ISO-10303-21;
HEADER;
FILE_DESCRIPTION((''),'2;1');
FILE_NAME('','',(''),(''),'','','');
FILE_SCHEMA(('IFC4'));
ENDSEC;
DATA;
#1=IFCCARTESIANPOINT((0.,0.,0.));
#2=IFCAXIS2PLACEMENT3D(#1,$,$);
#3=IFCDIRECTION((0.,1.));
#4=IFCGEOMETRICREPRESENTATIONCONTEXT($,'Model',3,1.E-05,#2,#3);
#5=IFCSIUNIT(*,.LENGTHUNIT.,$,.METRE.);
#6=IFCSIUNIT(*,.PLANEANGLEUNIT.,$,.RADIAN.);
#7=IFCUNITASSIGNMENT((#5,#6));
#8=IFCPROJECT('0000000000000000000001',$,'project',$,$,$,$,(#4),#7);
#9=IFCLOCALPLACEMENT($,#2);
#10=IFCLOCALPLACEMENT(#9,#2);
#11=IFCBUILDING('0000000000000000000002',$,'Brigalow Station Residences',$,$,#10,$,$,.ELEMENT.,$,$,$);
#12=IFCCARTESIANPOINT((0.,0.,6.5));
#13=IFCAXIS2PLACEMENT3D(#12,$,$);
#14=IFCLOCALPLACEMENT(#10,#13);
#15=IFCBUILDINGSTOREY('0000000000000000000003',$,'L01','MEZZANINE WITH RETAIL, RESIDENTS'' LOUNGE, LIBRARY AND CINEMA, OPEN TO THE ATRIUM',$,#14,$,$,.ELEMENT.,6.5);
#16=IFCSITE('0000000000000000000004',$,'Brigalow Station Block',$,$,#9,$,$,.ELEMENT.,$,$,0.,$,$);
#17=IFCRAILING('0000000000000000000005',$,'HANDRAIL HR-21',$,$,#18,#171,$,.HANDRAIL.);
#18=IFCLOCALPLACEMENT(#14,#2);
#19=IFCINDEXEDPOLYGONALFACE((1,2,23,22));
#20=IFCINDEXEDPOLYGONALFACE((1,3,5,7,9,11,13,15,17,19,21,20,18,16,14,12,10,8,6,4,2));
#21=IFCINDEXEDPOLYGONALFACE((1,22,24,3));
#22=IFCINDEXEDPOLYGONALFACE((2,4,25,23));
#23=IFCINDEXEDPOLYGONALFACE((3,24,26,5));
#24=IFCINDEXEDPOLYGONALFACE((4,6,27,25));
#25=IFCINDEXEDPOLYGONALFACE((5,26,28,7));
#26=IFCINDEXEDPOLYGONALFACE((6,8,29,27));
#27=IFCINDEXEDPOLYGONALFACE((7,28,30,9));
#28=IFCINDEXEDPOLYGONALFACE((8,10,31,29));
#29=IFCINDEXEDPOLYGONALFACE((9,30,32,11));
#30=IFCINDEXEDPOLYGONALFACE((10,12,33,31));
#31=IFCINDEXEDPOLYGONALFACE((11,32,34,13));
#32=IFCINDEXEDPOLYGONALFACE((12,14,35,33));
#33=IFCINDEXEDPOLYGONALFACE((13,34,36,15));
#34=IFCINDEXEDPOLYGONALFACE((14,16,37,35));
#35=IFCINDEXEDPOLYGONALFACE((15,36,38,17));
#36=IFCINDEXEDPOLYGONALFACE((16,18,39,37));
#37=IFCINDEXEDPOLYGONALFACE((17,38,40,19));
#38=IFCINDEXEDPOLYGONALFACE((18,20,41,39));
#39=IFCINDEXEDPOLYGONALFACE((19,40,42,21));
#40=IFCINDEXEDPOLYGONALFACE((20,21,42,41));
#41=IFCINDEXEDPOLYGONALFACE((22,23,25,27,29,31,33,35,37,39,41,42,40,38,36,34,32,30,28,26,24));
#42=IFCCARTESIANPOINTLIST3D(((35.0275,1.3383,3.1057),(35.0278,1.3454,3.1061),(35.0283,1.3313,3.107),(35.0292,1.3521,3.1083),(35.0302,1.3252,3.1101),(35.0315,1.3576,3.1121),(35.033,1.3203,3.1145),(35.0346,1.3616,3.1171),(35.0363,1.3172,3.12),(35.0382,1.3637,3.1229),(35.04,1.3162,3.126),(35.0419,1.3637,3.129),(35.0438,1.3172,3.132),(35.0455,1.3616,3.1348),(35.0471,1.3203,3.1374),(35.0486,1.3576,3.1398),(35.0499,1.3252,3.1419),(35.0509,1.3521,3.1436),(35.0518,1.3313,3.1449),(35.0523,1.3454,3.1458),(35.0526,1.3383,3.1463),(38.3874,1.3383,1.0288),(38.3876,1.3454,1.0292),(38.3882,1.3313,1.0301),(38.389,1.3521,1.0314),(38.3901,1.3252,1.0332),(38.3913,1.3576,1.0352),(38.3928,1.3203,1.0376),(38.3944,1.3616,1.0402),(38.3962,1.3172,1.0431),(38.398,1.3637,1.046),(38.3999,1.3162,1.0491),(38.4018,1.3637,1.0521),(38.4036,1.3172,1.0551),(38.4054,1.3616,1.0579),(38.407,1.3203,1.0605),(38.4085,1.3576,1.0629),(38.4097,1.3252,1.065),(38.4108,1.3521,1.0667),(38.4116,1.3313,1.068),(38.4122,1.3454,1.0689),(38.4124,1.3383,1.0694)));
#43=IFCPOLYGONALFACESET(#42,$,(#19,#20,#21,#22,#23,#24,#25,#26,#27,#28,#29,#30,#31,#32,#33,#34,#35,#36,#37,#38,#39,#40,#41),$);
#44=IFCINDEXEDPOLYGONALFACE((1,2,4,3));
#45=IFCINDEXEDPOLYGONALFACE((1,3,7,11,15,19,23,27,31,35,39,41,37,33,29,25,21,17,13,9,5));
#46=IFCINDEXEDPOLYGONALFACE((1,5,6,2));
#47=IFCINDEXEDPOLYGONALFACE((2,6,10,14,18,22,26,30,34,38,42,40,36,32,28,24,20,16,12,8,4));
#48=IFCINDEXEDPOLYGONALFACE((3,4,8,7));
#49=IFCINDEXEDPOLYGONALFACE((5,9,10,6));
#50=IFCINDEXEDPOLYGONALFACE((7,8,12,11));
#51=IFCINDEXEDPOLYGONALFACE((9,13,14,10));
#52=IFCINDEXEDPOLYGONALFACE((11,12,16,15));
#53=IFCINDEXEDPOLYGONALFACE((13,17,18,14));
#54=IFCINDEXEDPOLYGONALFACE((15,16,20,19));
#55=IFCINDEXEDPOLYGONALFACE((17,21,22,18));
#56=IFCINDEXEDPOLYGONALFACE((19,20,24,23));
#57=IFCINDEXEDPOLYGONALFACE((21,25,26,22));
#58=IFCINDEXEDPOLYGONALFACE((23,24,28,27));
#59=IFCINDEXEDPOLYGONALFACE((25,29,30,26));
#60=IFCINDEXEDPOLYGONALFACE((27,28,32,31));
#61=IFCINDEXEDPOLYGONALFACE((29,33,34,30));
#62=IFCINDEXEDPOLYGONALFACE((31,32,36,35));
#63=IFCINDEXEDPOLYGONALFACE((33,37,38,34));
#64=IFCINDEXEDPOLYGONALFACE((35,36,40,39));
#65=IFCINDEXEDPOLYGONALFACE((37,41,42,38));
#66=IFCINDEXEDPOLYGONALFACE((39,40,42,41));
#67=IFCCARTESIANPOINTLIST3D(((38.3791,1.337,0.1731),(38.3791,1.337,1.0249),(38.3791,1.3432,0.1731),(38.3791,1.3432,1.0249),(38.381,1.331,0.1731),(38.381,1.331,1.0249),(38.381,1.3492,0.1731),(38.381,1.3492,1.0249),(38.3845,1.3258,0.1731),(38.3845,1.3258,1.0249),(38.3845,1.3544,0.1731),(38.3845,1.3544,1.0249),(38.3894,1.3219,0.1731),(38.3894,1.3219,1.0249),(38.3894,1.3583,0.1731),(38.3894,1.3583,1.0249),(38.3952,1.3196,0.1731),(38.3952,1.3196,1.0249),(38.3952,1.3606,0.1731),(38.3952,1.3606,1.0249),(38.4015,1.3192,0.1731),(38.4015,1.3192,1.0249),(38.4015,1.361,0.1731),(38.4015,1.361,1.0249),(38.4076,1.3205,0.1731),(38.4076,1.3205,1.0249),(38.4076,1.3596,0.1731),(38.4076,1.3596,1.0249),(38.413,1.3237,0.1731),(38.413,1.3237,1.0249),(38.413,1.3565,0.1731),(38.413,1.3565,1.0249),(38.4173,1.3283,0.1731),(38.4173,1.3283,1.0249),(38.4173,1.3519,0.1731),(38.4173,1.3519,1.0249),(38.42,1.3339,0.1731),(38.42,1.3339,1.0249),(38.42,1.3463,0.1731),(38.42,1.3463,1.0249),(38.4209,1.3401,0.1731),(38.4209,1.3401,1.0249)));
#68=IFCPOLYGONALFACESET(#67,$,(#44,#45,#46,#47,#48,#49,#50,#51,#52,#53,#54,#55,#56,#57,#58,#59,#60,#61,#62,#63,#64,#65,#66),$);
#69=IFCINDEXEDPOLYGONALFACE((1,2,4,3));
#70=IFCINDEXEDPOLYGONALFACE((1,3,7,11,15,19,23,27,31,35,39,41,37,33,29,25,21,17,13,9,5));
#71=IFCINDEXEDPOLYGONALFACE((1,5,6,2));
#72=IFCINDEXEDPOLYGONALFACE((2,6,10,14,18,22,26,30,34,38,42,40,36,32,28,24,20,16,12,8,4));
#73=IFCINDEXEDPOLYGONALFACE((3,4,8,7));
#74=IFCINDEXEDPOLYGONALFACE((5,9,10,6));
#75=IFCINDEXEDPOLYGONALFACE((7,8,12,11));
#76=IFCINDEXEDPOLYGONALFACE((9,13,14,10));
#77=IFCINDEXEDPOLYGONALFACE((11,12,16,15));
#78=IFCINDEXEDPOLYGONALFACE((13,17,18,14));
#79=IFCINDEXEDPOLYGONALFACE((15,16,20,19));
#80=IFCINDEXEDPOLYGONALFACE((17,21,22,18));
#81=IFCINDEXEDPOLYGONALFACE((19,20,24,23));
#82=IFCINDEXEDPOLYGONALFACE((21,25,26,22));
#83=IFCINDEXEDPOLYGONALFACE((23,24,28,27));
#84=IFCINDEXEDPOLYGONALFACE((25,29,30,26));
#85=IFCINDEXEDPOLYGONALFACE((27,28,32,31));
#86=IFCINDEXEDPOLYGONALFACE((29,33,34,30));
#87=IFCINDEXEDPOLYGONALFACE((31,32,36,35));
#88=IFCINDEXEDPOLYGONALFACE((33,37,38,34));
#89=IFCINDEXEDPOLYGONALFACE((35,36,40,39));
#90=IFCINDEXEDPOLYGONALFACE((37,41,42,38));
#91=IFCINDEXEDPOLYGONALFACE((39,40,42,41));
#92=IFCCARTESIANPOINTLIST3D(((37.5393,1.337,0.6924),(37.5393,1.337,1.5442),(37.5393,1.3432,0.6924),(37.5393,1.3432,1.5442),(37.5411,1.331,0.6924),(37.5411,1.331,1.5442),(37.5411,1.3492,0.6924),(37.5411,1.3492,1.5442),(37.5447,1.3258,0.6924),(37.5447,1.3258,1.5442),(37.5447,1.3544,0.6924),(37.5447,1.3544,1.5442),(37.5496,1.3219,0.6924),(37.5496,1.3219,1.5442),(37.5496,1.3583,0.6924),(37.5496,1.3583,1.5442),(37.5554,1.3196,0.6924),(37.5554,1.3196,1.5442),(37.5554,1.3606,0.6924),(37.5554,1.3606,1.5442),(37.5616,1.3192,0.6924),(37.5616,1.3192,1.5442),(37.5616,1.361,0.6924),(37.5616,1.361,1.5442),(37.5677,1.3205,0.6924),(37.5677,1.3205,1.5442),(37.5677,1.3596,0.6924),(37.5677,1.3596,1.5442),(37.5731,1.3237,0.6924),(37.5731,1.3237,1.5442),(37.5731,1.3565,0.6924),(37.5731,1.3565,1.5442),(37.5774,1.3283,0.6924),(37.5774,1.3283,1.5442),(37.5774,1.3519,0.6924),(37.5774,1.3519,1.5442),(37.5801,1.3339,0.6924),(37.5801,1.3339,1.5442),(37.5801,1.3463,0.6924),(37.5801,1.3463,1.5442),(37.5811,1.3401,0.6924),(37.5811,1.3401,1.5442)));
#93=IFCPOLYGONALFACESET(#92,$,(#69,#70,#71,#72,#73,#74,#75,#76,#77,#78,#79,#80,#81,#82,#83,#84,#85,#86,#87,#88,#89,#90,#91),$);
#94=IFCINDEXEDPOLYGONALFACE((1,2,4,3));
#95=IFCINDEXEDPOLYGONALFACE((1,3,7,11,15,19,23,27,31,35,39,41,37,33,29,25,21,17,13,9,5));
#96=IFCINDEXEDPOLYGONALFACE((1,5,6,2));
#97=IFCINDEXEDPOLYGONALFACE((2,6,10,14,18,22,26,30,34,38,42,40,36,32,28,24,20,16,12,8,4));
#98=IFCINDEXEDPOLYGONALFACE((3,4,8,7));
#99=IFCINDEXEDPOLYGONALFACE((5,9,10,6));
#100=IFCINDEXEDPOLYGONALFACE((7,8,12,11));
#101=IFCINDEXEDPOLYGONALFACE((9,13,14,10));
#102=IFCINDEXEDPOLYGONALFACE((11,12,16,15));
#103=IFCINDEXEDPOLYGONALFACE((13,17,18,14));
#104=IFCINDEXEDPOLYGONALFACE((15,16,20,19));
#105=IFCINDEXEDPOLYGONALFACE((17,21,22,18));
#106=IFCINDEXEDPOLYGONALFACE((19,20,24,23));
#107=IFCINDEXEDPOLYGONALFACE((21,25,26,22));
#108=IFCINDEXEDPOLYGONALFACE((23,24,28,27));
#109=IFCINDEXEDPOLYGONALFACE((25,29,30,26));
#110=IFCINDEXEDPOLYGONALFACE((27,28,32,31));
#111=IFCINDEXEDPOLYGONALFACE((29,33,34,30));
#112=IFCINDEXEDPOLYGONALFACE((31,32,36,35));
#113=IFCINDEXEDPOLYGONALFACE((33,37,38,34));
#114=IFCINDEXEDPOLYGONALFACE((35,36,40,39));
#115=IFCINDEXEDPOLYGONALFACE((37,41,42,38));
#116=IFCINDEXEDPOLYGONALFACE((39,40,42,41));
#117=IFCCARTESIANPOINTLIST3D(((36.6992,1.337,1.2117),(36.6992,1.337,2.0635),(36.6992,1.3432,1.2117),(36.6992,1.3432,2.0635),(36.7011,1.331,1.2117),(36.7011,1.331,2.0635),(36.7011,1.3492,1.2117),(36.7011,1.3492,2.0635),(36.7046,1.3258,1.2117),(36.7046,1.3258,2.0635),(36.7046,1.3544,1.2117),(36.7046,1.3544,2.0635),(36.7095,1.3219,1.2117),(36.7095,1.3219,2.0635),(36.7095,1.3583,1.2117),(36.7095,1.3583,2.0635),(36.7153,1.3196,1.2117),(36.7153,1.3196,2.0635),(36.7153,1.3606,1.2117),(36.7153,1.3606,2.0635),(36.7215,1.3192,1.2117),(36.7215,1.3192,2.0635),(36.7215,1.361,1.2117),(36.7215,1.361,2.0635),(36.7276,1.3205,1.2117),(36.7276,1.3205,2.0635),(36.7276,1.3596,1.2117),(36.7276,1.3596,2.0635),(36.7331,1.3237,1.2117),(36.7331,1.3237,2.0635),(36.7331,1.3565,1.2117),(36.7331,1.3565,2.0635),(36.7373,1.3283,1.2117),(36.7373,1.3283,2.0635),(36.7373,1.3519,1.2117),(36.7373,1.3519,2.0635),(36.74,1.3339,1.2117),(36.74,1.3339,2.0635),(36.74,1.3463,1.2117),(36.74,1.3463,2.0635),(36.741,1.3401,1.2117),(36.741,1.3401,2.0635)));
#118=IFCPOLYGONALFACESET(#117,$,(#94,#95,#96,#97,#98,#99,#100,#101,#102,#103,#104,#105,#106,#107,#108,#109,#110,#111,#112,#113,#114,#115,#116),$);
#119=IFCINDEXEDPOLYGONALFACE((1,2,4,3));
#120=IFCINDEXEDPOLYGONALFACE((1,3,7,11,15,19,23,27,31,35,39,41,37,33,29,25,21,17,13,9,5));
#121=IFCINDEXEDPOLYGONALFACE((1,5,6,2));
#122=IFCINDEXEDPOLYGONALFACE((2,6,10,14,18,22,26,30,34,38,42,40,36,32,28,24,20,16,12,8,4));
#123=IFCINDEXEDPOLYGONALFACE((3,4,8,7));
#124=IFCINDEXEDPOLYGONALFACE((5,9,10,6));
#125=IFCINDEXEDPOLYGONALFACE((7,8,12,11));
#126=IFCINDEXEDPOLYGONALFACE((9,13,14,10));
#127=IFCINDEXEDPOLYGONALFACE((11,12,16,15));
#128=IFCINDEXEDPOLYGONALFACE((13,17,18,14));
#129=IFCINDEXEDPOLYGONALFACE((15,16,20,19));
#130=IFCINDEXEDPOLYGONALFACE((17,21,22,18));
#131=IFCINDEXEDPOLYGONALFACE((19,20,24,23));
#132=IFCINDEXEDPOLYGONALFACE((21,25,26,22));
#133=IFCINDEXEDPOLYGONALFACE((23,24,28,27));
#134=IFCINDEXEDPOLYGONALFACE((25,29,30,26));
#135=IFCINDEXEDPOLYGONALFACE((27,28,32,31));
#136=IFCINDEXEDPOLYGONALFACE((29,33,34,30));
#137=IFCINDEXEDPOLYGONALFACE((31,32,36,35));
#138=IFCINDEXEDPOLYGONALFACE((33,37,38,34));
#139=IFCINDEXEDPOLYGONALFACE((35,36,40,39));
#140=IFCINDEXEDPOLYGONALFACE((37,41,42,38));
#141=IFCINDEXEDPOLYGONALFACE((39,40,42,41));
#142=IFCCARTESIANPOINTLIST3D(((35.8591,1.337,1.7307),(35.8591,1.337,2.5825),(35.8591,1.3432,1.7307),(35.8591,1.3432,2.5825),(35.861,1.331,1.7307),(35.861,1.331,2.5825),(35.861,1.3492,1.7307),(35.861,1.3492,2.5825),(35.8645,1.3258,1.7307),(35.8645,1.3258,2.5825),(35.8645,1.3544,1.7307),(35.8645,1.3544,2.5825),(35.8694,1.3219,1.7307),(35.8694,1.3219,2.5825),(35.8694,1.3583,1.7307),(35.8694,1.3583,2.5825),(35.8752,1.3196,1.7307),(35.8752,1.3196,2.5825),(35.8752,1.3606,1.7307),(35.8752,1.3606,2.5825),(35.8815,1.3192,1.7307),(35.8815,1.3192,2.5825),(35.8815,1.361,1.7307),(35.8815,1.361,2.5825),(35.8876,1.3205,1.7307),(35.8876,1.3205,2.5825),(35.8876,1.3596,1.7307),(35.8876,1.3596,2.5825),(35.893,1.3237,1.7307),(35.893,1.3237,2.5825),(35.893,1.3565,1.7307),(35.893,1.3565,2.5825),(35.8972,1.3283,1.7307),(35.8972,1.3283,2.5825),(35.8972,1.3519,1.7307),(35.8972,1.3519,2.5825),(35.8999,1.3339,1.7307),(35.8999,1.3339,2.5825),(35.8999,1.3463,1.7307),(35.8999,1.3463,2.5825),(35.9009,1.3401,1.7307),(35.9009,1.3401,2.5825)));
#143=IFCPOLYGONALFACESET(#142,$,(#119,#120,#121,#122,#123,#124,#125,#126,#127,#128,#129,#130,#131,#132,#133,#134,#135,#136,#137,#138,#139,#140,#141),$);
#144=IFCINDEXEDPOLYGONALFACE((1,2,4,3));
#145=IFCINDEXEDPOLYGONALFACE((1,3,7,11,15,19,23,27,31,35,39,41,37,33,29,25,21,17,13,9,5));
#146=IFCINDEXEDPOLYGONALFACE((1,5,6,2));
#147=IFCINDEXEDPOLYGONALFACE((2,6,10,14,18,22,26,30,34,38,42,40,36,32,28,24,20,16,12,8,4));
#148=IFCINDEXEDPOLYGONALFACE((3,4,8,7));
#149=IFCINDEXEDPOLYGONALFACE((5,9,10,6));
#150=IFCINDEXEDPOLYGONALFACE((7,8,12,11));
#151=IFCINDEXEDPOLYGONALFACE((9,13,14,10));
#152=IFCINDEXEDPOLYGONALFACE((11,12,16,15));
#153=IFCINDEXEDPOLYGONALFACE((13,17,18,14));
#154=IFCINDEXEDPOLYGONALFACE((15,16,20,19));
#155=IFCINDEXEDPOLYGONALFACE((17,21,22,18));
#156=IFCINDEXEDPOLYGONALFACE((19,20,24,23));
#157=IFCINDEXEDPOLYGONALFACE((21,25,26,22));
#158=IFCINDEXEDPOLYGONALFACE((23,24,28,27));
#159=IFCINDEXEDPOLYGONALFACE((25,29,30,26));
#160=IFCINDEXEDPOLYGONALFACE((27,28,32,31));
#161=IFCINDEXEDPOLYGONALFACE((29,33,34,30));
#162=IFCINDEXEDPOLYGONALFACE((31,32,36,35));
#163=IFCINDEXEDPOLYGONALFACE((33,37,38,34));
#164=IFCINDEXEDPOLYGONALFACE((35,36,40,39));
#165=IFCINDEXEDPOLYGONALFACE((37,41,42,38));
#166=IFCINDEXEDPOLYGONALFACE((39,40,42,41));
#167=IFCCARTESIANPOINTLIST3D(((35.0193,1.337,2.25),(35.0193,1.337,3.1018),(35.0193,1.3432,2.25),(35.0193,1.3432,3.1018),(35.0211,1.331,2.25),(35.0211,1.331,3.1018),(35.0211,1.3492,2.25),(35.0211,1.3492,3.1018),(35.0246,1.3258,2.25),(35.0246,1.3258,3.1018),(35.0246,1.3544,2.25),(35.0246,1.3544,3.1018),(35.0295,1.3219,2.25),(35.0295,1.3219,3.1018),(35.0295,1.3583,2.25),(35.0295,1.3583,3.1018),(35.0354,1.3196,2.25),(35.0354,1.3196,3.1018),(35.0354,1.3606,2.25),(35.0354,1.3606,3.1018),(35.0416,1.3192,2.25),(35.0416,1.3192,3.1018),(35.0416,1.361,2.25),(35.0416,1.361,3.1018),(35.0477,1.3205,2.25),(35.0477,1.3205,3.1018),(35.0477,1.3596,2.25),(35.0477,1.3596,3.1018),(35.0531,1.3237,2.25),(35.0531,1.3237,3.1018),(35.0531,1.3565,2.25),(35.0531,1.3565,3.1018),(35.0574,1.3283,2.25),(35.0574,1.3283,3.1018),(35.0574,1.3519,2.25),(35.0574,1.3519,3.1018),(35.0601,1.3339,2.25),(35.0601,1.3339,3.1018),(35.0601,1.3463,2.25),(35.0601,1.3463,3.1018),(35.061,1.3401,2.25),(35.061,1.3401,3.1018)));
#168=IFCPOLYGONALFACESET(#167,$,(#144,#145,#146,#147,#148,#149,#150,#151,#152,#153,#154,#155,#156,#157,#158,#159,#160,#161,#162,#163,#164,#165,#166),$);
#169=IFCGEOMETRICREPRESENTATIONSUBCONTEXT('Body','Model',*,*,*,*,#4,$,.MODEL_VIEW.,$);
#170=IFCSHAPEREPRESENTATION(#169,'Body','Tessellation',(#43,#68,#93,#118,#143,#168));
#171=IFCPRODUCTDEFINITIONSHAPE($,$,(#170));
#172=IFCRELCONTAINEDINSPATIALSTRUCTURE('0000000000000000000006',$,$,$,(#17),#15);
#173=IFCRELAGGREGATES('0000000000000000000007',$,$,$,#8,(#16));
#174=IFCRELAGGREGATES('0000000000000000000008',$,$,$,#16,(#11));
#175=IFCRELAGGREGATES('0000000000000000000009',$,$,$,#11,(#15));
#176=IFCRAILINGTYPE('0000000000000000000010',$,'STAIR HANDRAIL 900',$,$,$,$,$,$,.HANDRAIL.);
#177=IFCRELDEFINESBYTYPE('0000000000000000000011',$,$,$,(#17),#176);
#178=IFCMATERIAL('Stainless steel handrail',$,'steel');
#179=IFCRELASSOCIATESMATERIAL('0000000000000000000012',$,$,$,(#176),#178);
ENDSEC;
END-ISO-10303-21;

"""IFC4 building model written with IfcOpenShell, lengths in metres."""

from ifc_helpers import new_model, si_unit, direction, frame, origin, origin_2d, place, context, subcontext, project, spatial, circle, extrude, material, type_object, element, save


model = new_model("IFC4")

# Units and contexts
model_context = context("Model", 3, precision=1e-05, world=origin(), true_north=direction((0.0, 1.0)))
body_context = subcontext(model_context, "Body", "Model", "MODEL_VIEW")
ifc_project = project(units=[si_unit("LENGTHUNIT", "METRE"), si_unit("PLANEANGLEUNIT", "RADIAN")], contexts=[model_context])

# Site, building, storey
site_placement = place(None, origin())
site = spatial("IfcSite", under=ifc_project, at=site_placement, Name="Brigalow Station Block", CompositionType="ELEMENT", RefElevation=0.0)
building_placement = place(site_placement, origin())
building = spatial("IfcBuilding", under=site, at=building_placement, Name="Brigalow Station Residences", CompositionType="ELEMENT")
storey_placement = place(building_placement, frame((0.0, 0.0, 6.5)))
storey = spatial("IfcBuildingStorey", under=building, at=storey_placement, Name="L01", Description="MEZZANINE WITH RETAIL, RESIDENTS' LOUNGE, LIBRARY AND CINEMA, OPEN TO THE ATRIUM", CompositionType="ELEMENT", Elevation=6.5)

# Railing
ifc_material_1 = material(Name="Stainless steel handrail", Category="steel")
railing_type_1 = type_object("IfcRailingType", Name="STAIR HANDRAIL 900", PredefinedType="HANDRAIL", material=ifc_material_1)
railing_1_placement = place(storey_placement, frame((38.3999, 1.3401, 0.1731)))
element("IfcRailing", 1, at=railing_1_placement, inside=storey, type_object=railing_type_1, Name="HANDRAIL HR-21", PredefinedType="HANDRAIL", context=body_context, shape_type="SweptSolid", body=[
    extrude(circle(Radius=0.0239, at=origin_2d()), frame((0.0, 0.0, 0.876), z_axis=(-0.850606, 0.0, 0.525803), x_axis=(0.0, -1.0, 0.0)), (0.0, 0.0, 1.0), 3.95),
    extrude(circle(Radius=0.021, at=origin_2d()), origin(), (0.0, 0.0, 1.0), 0.8518),
    extrude(circle(Radius=0.021, at=origin_2d()), frame((-0.8398, 0.0, 0.5193)), (0.0, 0.0, 1.0), 0.8518),
    extrude(circle(Radius=0.021, at=origin_2d()), frame((-1.6799, 0.0, 1.0386)), (0.0, 0.0, 1.0), 0.8518),
    extrude(circle(Radius=0.021, at=origin_2d()), frame((-2.52, 0.0, 1.5576)), (0.0, 0.0, 1.0), 0.8518),
    extrude(circle(Radius=0.021, at=origin_2d()), frame((-3.3599, 0.0, 2.0769)), (0.0, 0.0, 1.0), 0.8518),
])

save(model, "model.ifc")
